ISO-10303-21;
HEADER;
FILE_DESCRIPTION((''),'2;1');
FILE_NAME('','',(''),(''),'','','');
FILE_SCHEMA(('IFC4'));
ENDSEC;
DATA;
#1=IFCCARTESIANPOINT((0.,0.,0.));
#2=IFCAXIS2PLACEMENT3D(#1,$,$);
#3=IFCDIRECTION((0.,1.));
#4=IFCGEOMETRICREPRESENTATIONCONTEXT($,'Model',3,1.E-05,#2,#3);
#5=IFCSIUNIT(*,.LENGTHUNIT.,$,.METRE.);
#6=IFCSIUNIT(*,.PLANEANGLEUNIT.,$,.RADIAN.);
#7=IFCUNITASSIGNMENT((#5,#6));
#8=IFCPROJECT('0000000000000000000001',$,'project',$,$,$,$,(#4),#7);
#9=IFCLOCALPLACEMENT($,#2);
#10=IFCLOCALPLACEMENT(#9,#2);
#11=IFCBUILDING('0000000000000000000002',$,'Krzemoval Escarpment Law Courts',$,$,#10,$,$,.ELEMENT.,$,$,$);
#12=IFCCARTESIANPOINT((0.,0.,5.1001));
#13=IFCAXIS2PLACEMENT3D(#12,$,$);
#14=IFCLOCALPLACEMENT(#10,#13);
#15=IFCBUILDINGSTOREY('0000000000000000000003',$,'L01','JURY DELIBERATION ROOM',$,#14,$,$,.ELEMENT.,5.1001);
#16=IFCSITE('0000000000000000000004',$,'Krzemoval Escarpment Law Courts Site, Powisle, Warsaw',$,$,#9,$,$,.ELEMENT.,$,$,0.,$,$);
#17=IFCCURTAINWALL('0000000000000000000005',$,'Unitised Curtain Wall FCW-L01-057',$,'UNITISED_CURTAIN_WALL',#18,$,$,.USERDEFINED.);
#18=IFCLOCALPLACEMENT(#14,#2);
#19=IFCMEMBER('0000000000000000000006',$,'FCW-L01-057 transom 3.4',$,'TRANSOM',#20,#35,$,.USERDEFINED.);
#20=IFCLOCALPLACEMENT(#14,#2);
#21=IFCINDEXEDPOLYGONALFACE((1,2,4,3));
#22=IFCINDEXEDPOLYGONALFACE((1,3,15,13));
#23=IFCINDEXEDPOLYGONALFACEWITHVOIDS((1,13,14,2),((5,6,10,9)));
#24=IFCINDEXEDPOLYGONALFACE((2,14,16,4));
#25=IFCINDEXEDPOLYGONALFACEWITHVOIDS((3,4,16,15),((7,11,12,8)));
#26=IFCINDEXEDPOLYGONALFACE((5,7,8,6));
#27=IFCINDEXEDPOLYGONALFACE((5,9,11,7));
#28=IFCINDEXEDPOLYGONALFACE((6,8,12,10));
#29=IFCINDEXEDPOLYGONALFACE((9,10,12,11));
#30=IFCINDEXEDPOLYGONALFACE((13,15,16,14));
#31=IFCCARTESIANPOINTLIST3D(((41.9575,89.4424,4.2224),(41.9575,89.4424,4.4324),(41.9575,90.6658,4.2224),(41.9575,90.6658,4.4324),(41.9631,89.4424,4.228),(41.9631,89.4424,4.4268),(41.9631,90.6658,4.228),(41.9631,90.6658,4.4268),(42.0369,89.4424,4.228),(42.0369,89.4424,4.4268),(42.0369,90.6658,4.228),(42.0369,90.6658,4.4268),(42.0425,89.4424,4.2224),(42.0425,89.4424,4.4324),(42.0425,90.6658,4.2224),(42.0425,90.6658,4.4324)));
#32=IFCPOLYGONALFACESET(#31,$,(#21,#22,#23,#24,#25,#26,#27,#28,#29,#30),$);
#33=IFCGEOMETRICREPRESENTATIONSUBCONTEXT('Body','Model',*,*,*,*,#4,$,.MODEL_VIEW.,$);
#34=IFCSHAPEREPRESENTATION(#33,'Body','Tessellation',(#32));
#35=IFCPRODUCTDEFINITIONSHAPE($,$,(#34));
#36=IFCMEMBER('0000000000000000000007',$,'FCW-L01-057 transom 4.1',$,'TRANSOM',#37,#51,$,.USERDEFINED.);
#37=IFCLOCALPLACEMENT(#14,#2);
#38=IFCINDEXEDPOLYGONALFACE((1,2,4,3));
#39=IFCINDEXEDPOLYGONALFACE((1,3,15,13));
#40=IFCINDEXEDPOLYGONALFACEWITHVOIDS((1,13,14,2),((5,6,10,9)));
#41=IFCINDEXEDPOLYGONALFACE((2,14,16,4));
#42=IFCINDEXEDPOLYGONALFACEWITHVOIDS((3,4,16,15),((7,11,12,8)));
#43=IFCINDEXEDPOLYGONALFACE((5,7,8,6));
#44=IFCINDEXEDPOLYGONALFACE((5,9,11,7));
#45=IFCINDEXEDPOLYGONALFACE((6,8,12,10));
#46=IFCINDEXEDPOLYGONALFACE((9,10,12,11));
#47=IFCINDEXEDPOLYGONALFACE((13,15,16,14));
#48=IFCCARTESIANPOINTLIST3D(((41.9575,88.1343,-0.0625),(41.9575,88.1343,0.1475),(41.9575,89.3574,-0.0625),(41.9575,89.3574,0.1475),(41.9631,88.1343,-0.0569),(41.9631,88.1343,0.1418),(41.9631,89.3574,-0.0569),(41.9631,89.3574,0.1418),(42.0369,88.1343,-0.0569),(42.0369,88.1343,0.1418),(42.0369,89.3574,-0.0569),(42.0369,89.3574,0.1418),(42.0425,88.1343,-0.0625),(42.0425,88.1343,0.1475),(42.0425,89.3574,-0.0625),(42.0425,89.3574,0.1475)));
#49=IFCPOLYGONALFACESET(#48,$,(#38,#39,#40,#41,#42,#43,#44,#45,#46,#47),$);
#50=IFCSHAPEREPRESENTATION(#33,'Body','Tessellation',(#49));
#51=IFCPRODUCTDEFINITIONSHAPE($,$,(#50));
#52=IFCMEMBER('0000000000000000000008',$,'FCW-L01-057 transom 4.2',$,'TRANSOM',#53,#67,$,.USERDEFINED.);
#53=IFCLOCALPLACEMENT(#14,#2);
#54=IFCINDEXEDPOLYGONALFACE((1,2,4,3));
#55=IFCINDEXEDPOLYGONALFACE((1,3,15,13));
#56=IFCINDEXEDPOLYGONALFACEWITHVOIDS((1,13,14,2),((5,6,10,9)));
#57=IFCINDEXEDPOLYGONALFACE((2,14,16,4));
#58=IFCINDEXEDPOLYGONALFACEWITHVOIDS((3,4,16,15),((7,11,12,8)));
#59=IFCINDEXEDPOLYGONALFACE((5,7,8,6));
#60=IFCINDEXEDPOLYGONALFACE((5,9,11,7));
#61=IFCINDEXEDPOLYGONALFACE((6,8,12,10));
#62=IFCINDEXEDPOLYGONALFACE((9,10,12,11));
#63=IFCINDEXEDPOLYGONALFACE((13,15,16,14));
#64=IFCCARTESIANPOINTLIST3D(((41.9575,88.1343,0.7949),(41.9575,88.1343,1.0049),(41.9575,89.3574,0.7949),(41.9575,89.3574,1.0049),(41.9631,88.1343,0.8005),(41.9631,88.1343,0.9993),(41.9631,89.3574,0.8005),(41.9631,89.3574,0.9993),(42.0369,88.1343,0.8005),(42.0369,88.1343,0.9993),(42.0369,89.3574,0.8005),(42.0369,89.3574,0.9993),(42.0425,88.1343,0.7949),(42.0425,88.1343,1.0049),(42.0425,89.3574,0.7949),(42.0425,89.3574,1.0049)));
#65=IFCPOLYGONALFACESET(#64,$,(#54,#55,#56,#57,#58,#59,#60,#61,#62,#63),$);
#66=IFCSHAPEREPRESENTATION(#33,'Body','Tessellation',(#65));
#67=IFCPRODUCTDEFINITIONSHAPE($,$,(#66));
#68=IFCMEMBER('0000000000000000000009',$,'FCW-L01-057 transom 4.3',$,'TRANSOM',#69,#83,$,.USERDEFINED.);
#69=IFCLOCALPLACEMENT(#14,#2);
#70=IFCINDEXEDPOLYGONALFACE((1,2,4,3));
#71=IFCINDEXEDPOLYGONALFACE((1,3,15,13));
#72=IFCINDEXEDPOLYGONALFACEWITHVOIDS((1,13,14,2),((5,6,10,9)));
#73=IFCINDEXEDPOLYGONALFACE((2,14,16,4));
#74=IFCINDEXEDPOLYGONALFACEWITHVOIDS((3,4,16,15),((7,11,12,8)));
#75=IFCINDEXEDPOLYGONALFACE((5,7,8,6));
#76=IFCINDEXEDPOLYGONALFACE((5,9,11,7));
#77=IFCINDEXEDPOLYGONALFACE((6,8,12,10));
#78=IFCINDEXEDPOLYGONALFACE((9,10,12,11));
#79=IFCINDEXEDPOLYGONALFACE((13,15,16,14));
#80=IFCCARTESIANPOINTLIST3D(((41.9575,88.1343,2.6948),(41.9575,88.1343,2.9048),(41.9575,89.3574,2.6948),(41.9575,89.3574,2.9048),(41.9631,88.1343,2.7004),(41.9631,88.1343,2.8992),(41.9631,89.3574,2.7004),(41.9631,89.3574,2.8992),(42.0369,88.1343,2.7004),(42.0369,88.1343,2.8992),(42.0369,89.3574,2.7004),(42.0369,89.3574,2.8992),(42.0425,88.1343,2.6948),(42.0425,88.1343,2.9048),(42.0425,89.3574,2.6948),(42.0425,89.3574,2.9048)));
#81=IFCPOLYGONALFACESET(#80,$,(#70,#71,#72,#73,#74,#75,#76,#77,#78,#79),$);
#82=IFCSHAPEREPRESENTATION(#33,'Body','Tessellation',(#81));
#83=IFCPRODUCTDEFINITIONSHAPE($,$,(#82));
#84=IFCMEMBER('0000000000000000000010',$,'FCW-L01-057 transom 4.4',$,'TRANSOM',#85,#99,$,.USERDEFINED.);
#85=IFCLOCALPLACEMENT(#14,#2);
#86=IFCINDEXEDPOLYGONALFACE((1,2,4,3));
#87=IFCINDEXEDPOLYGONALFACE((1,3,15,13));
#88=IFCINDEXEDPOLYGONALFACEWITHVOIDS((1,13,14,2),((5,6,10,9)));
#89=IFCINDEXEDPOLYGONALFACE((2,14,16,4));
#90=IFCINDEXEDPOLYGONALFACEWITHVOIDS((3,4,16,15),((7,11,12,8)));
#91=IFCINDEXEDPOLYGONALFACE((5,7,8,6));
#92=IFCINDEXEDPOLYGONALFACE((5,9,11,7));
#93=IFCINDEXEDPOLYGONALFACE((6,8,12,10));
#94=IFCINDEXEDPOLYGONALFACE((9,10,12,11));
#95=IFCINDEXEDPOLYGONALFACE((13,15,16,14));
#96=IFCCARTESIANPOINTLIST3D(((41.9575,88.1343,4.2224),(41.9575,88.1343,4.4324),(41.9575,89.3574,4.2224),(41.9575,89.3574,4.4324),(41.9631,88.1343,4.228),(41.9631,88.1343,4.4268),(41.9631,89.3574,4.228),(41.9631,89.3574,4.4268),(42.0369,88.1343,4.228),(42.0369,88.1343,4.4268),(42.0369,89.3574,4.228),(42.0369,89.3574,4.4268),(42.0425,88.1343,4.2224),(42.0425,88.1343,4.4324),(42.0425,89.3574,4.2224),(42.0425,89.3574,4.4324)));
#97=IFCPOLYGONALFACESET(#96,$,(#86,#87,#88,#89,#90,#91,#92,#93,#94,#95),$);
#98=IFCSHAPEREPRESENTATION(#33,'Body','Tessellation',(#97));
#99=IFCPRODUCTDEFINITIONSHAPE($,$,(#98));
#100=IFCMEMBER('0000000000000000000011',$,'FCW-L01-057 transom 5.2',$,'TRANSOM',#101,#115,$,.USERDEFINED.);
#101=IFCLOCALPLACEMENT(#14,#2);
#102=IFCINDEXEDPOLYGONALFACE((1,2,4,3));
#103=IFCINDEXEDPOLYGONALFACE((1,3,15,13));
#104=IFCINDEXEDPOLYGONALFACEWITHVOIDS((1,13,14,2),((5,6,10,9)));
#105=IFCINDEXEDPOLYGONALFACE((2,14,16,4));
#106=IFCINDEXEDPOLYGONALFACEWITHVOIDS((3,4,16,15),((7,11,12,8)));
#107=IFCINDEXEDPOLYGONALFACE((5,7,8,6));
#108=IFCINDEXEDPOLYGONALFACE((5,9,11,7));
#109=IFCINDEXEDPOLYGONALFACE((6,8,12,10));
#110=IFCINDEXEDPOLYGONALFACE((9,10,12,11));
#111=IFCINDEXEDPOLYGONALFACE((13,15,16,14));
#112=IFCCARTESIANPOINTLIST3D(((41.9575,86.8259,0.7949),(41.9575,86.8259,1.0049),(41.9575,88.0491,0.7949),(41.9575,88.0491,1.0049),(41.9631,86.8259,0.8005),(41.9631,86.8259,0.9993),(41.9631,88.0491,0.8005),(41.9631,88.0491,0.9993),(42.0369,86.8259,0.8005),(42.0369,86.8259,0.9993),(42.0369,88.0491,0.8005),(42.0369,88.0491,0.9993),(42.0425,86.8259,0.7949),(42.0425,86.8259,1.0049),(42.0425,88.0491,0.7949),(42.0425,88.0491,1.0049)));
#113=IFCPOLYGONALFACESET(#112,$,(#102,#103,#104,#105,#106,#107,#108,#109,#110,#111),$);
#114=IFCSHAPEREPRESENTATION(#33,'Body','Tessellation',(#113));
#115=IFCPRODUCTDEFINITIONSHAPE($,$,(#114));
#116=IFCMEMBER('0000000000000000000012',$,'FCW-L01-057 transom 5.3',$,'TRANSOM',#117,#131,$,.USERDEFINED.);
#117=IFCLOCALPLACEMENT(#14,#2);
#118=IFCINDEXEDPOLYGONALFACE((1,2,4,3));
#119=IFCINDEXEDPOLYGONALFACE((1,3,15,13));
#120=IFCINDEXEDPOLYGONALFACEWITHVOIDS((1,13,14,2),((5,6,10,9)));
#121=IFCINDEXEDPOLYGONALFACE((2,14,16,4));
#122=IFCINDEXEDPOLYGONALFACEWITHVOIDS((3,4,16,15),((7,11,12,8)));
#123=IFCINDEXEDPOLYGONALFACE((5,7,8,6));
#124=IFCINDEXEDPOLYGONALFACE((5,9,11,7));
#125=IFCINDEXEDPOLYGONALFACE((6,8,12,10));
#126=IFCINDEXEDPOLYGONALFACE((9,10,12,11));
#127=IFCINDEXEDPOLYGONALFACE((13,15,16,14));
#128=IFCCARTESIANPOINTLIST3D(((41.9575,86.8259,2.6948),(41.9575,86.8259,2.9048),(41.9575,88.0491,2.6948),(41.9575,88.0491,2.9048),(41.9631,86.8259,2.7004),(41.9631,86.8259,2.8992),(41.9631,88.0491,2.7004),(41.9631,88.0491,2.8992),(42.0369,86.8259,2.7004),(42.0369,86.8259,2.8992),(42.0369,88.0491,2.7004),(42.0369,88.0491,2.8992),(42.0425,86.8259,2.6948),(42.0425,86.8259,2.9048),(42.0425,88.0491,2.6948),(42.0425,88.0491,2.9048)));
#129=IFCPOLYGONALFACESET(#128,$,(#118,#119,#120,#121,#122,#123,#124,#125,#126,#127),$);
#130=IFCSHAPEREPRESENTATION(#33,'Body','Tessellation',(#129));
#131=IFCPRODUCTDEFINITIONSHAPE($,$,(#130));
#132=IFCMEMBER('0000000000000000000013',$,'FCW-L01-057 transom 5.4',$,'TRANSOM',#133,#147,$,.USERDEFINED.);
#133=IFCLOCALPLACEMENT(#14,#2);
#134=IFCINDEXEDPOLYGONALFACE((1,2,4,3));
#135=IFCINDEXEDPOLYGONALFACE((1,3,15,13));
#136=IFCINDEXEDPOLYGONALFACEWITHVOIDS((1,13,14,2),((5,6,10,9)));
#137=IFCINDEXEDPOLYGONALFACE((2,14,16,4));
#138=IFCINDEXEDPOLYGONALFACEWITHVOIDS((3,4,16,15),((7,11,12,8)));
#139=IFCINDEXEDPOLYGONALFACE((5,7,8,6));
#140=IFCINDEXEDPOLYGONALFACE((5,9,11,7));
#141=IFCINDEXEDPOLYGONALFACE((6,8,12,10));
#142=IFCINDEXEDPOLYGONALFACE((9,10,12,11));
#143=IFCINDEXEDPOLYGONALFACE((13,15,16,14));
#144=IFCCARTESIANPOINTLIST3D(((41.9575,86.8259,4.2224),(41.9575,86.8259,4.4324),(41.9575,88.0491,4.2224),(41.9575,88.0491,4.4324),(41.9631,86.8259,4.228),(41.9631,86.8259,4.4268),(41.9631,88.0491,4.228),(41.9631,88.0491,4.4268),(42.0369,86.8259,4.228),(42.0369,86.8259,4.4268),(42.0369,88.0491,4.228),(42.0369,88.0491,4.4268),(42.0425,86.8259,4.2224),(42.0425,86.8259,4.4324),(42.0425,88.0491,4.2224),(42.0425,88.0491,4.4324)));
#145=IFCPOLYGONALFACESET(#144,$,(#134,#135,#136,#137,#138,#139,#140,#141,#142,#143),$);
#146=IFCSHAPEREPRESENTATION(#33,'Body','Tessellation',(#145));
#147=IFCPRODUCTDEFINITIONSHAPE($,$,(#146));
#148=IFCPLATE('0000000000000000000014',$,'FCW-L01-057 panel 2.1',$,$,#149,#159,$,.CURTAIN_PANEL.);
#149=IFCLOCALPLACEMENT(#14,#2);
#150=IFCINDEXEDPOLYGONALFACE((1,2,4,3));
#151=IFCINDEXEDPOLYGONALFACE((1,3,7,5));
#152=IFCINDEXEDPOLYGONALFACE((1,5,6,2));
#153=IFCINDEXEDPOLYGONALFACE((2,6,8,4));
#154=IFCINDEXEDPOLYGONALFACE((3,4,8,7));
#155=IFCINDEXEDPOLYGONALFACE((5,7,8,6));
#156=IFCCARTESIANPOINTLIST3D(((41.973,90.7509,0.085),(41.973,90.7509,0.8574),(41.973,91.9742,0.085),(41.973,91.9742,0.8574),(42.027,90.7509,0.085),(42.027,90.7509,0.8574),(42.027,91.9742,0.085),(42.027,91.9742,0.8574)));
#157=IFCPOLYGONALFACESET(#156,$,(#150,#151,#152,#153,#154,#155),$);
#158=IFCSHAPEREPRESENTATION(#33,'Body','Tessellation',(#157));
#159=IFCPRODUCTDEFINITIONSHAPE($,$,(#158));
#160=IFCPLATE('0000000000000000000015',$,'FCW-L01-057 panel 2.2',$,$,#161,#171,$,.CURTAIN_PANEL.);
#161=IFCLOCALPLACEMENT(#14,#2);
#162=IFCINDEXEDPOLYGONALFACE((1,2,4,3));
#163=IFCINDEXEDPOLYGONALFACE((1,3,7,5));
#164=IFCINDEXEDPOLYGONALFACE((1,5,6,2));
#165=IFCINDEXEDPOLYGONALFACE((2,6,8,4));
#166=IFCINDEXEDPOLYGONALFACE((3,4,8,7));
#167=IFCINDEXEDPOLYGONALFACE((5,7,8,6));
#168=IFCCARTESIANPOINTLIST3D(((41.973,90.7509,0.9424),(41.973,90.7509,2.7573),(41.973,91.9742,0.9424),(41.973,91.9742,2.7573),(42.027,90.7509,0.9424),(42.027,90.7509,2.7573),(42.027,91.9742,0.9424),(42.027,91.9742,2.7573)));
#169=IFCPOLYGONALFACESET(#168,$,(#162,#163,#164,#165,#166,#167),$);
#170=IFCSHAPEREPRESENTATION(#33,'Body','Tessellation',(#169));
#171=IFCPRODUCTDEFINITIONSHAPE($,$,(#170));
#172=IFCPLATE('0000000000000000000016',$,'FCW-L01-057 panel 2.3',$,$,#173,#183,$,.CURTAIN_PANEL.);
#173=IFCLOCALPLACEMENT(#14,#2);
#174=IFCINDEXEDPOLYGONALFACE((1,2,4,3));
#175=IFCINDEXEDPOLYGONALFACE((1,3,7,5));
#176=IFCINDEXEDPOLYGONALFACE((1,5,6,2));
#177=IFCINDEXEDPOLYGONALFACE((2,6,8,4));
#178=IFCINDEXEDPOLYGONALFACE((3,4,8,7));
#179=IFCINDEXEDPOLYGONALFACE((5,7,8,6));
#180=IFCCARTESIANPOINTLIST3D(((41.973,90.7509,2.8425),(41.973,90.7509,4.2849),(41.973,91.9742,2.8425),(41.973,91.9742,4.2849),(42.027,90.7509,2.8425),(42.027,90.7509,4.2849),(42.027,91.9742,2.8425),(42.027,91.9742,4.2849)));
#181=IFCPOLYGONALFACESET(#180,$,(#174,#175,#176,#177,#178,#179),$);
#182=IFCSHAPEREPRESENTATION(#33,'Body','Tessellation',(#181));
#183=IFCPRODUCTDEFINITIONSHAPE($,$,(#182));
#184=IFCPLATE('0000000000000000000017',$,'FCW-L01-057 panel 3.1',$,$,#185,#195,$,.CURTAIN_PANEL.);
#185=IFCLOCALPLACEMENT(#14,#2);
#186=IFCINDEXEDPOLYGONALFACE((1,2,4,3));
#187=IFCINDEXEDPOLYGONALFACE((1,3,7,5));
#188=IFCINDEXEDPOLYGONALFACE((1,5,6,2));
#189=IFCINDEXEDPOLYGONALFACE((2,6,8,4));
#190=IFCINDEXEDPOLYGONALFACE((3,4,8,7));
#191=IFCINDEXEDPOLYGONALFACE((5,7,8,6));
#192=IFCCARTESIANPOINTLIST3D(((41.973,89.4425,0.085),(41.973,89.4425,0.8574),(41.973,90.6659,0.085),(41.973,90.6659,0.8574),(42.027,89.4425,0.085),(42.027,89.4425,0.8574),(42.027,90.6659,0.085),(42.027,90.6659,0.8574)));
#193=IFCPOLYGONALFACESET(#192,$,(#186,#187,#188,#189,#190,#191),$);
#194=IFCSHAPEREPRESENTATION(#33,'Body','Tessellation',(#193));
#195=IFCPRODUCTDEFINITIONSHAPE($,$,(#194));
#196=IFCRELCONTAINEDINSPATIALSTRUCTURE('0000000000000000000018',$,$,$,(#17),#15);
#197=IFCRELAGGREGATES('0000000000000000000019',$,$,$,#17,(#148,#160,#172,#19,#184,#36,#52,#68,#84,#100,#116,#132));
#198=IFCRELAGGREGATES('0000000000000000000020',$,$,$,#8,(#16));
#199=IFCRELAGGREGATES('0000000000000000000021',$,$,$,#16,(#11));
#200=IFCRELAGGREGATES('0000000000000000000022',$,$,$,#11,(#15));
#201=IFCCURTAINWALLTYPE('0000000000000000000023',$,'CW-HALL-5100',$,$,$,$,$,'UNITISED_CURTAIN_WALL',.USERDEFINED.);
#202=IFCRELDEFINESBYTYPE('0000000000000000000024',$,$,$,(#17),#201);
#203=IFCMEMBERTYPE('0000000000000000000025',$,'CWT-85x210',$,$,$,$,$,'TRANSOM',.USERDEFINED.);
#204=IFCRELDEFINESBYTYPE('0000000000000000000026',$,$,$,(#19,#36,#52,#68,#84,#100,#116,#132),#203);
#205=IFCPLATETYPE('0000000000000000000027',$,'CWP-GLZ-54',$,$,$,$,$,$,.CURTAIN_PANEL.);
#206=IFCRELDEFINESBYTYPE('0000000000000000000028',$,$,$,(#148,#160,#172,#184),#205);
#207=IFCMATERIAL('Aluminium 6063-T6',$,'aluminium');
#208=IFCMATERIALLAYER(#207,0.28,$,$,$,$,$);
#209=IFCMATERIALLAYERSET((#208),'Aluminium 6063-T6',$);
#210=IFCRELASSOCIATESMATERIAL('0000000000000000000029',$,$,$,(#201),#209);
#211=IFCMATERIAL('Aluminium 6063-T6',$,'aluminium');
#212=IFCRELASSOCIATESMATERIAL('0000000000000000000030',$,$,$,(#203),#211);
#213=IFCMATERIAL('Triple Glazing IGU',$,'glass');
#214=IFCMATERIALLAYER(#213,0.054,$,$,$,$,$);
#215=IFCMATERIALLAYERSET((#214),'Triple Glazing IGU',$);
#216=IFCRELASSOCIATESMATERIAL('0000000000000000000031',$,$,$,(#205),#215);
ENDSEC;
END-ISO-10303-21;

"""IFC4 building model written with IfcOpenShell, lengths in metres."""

from ifc_helpers import new_model, si_unit, direction, frame, origin, origin_2d, place, context, subcontext, project, spatial, rectangle, hollow_rectangle, extrude, material, layer, layer_set, material_profile, profile_set, type_object, element, aggregate, save


model = new_model("IFC4")

# Units and contexts
model_context = context("Model", 3, precision=1e-05, world=origin(), true_north=direction((0.0, 1.0)))
body_context = subcontext(model_context, "Body", "Model", "MODEL_VIEW")
ifc_project = project(units=[si_unit("LENGTHUNIT", "METRE"), si_unit("PLANEANGLEUNIT", "RADIAN")], contexts=[model_context])

# Site, building, storey
site_placement = place(None, origin())
site = spatial("IfcSite", under=ifc_project, at=site_placement, Name="Krzemoval Escarpment Law Courts Site, Powisle, Warsaw", CompositionType="ELEMENT", RefElevation=0.0)
building_placement = place(site_placement, origin())
building = spatial("IfcBuilding", under=site, at=building_placement, Name="Krzemoval Escarpment Law Courts", CompositionType="ELEMENT")
storey_placement = place(building_placement, frame((0.0, 0.0, 5.1001)))
storey = spatial("IfcBuildingStorey", under=building, at=storey_placement, Name="L01", Description="JURY DELIBERATION ROOM", CompositionType="ELEMENT", Elevation=5.1001)

# Curtain wall, members, plates
ifc_material_1 = material(Name="Aluminium 6063-T6", Category="aluminium")
ifc_layer_1 = layer(ifc_material_1, 0.28)
ifc_layer_set_1 = layer_set([ifc_layer_1], Name="Aluminium 6063-T6")
curtain_wall_type = type_object("IfcCurtainWallType", Name="CW-HALL-5100", ElementType="UNITISED_CURTAIN_WALL", PredefinedType="USERDEFINED", material=ifc_layer_set_1)
curtain_wall_placement = place(storey_placement, origin())
curtain_wall = element("IfcCurtainWall", 1, at=curtain_wall_placement, inside=storey, type_object=curtain_wall_type, Name="Unitised Curtain Wall FCW-L01-057", ObjectType="UNITISED_CURTAIN_WALL", PredefinedType="USERDEFINED")
ifc_material_2 = material(Name="Aluminium 6063-T6", Category="aluminium")
ifc_material_profile_1 = material_profile(ifc_material_2, hollow_rectangle(XDim=0.085, YDim=0.21, WallThickness=0.0056, at=origin_2d()), Name="ALU T85x210")
ifc_profile_set_1 = profile_set([ifc_material_profile_1], Name="Aluminium 6063-T6")
member_type_1 = type_object("IfcMemberType", Name="CWT-85x210", ElementType="TRANSOM", PredefinedType="USERDEFINED", material=ifc_profile_set_1)
member_1_placement = place(storey_placement, frame((42.0, 90.6658, 4.3274), z_axis=(0.0, -1.0, 0.0), x_axis=(1.0, 0.0, 0.0)))
member_1 = element("IfcMember", 2, at=member_1_placement, type_object=member_type_1, Name="FCW-L01-057 transom 3.4", ObjectType="TRANSOM", PredefinedType="USERDEFINED", context=body_context, shape_type="SweptSolid", body=[
    extrude(hollow_rectangle(XDim=0.085, YDim=0.21, WallThickness=0.0056, at=origin_2d()), origin(), (0.0, 0.0, 1.0), 1.2234),
])
member_2_placement = place(storey_placement, frame((42.0, 89.3574, 0.0425), z_axis=(0.0, -1.0, 0.0), x_axis=(1.0, 0.0, 0.0)))
member_2 = element("IfcMember", 3, at=member_2_placement, type_object=member_type_1, Name="FCW-L01-057 transom 4.1", ObjectType="TRANSOM", PredefinedType="USERDEFINED", context=body_context, shape_type="SweptSolid", body=[
    extrude(hollow_rectangle(XDim=0.085, YDim=0.21, WallThickness=0.0056, at=origin_2d()), origin(), (0.0, 0.0, 1.0), 1.2231),
])
member_3_placement = place(storey_placement, frame((42.0, 89.3574, 0.8999), z_axis=(0.0, -1.0, 0.0), x_axis=(1.0, 0.0, 0.0)))
member_3 = element("IfcMember", 4, at=member_3_placement, type_object=member_type_1, Name="FCW-L01-057 transom 4.2", ObjectType="TRANSOM", PredefinedType="USERDEFINED", context=body_context, shape_type="SweptSolid", body=[
    extrude(hollow_rectangle(XDim=0.085, YDim=0.21, WallThickness=0.0056, at=origin_2d()), origin(), (0.0, 0.0, 1.0), 1.2231),
])
member_4_placement = place(storey_placement, frame((42.0, 89.3574, 2.7998), z_axis=(0.0, -1.0, 0.0), x_axis=(1.0, 0.0, 0.0)))
member_4 = element("IfcMember", 5, at=member_4_placement, type_object=member_type_1, Name="FCW-L01-057 transom 4.3", ObjectType="TRANSOM", PredefinedType="USERDEFINED", context=body_context, shape_type="SweptSolid", body=[
    extrude(hollow_rectangle(XDim=0.085, YDim=0.21, WallThickness=0.0056, at=origin_2d()), origin(), (0.0, 0.0, 1.0), 1.2231),
])
member_5_placement = place(storey_placement, frame((42.0, 89.3574, 4.3274), z_axis=(0.0, -1.0, 0.0), x_axis=(1.0, 0.0, 0.0)))
member_5 = element("IfcMember", 6, at=member_5_placement, type_object=member_type_1, Name="FCW-L01-057 transom 4.4", ObjectType="TRANSOM", PredefinedType="USERDEFINED", context=body_context, shape_type="SweptSolid", body=[
    extrude(hollow_rectangle(XDim=0.085, YDim=0.21, WallThickness=0.0056, at=origin_2d()), origin(), (0.0, 0.0, 1.0), 1.2231),
])
member_6_placement = place(storey_placement, frame((42.0, 88.0491, 0.8999), z_axis=(0.0, -1.0, 0.0), x_axis=(1.0, 0.0, 0.0)))
member_6 = element("IfcMember", 7, at=member_6_placement, type_object=member_type_1, Name="FCW-L01-057 transom 5.2", ObjectType="TRANSOM", PredefinedType="USERDEFINED", context=body_context, shape_type="SweptSolid", body=[
    extrude(hollow_rectangle(XDim=0.085, YDim=0.21, WallThickness=0.0056, at=origin_2d()), origin(), (0.0, 0.0, 1.0), 1.2231),
])
member_7_placement = place(storey_placement, frame((42.0, 88.0491, 2.7998), z_axis=(0.0, -1.0, 0.0), x_axis=(1.0, 0.0, 0.0)))
member_7 = element("IfcMember", 8, at=member_7_placement, type_object=member_type_1, Name="FCW-L01-057 transom 5.3", ObjectType="TRANSOM", PredefinedType="USERDEFINED", context=body_context, shape_type="SweptSolid", body=[
    extrude(hollow_rectangle(XDim=0.085, YDim=0.21, WallThickness=0.0056, at=origin_2d()), origin(), (0.0, 0.0, 1.0), 1.2231),
])
member_8_placement = place(storey_placement, frame((42.0, 88.0491, 4.3274), z_axis=(0.0, -1.0, 0.0), x_axis=(1.0, 0.0, 0.0)))
member_8 = element("IfcMember", 9, at=member_8_placement, type_object=member_type_1, Name="FCW-L01-057 transom 5.4", ObjectType="TRANSOM", PredefinedType="USERDEFINED", context=body_context, shape_type="SweptSolid", body=[
    extrude(hollow_rectangle(XDim=0.085, YDim=0.21, WallThickness=0.0056, at=origin_2d()), origin(), (0.0, 0.0, 1.0), 1.2231),
])
ifc_material_3 = material(Name="Triple Glazing IGU", Category="glass")
ifc_layer_2 = layer(ifc_material_3, 0.054)
ifc_layer_set_2 = layer_set([ifc_layer_2], Name="Triple Glazing IGU")
plate_type = type_object("IfcPlateType", Name="CWP-GLZ-54", PredefinedType="CURTAIN_PANEL", material=ifc_layer_set_2)
plate_1_placement = place(storey_placement, frame((42.0, 91.3625, 0.085), z_axis=(0.0, 0.0, 1.0), x_axis=(0.0, -1.0, 0.0)))
plate_1 = element("IfcPlate", 10, at=plate_1_placement, type_object=plate_type, Name="FCW-L01-057 panel 2.1", PredefinedType="CURTAIN_PANEL", context=body_context, shape_type="SweptSolid", body=[
    extrude(rectangle(XDim=1.2234, YDim=0.054, at=origin_2d()), origin(), (0.0, 0.0, 1.0), 0.7725),
])
plate_2_placement = place(storey_placement, frame((42.0, 91.3625, 0.9424), z_axis=(0.0, 0.0, 1.0), x_axis=(0.0, -1.0, 0.0)))
plate_2 = element("IfcPlate", 11, at=plate_2_placement, type_object=plate_type, Name="FCW-L01-057 panel 2.2", PredefinedType="CURTAIN_PANEL", context=body_context, shape_type="SweptSolid", body=[
    extrude(rectangle(XDim=1.2234, YDim=0.054, at=origin_2d()), origin(), (0.0, 0.0, 1.0), 1.8149),
])
plate_3_placement = place(storey_placement, frame((42.0, 91.3625, 2.8425), z_axis=(0.0, 0.0, 1.0), x_axis=(0.0, -1.0, 0.0)))
plate_3 = element("IfcPlate", 12, at=plate_3_placement, type_object=plate_type, Name="FCW-L01-057 panel 2.3", PredefinedType="CURTAIN_PANEL", context=body_context, shape_type="SweptSolid", body=[
    extrude(rectangle(XDim=1.2234, YDim=0.054, at=origin_2d()), origin(), (0.0, 0.0, 1.0), 1.4424),
])
plate_4_placement = place(storey_placement, frame((42.0, 90.0542, 0.085), z_axis=(0.0, 0.0, 1.0), x_axis=(0.0, -1.0, 0.0)))
plate_4 = element("IfcPlate", 13, at=plate_4_placement, type_object=plate_type, Name="FCW-L01-057 panel 3.1", PredefinedType="CURTAIN_PANEL", context=body_context, shape_type="SweptSolid", body=[
    extrude(rectangle(XDim=1.2234, YDim=0.054, at=origin_2d()), origin(), (0.0, 0.0, 1.0), 0.7725),
])
aggregate(curtain_wall, [plate_1, plate_2, plate_3, member_1, plate_4, member_2, member_3, member_4, member_5, member_6, member_7, member_8])

save(model, "model.ifc")
